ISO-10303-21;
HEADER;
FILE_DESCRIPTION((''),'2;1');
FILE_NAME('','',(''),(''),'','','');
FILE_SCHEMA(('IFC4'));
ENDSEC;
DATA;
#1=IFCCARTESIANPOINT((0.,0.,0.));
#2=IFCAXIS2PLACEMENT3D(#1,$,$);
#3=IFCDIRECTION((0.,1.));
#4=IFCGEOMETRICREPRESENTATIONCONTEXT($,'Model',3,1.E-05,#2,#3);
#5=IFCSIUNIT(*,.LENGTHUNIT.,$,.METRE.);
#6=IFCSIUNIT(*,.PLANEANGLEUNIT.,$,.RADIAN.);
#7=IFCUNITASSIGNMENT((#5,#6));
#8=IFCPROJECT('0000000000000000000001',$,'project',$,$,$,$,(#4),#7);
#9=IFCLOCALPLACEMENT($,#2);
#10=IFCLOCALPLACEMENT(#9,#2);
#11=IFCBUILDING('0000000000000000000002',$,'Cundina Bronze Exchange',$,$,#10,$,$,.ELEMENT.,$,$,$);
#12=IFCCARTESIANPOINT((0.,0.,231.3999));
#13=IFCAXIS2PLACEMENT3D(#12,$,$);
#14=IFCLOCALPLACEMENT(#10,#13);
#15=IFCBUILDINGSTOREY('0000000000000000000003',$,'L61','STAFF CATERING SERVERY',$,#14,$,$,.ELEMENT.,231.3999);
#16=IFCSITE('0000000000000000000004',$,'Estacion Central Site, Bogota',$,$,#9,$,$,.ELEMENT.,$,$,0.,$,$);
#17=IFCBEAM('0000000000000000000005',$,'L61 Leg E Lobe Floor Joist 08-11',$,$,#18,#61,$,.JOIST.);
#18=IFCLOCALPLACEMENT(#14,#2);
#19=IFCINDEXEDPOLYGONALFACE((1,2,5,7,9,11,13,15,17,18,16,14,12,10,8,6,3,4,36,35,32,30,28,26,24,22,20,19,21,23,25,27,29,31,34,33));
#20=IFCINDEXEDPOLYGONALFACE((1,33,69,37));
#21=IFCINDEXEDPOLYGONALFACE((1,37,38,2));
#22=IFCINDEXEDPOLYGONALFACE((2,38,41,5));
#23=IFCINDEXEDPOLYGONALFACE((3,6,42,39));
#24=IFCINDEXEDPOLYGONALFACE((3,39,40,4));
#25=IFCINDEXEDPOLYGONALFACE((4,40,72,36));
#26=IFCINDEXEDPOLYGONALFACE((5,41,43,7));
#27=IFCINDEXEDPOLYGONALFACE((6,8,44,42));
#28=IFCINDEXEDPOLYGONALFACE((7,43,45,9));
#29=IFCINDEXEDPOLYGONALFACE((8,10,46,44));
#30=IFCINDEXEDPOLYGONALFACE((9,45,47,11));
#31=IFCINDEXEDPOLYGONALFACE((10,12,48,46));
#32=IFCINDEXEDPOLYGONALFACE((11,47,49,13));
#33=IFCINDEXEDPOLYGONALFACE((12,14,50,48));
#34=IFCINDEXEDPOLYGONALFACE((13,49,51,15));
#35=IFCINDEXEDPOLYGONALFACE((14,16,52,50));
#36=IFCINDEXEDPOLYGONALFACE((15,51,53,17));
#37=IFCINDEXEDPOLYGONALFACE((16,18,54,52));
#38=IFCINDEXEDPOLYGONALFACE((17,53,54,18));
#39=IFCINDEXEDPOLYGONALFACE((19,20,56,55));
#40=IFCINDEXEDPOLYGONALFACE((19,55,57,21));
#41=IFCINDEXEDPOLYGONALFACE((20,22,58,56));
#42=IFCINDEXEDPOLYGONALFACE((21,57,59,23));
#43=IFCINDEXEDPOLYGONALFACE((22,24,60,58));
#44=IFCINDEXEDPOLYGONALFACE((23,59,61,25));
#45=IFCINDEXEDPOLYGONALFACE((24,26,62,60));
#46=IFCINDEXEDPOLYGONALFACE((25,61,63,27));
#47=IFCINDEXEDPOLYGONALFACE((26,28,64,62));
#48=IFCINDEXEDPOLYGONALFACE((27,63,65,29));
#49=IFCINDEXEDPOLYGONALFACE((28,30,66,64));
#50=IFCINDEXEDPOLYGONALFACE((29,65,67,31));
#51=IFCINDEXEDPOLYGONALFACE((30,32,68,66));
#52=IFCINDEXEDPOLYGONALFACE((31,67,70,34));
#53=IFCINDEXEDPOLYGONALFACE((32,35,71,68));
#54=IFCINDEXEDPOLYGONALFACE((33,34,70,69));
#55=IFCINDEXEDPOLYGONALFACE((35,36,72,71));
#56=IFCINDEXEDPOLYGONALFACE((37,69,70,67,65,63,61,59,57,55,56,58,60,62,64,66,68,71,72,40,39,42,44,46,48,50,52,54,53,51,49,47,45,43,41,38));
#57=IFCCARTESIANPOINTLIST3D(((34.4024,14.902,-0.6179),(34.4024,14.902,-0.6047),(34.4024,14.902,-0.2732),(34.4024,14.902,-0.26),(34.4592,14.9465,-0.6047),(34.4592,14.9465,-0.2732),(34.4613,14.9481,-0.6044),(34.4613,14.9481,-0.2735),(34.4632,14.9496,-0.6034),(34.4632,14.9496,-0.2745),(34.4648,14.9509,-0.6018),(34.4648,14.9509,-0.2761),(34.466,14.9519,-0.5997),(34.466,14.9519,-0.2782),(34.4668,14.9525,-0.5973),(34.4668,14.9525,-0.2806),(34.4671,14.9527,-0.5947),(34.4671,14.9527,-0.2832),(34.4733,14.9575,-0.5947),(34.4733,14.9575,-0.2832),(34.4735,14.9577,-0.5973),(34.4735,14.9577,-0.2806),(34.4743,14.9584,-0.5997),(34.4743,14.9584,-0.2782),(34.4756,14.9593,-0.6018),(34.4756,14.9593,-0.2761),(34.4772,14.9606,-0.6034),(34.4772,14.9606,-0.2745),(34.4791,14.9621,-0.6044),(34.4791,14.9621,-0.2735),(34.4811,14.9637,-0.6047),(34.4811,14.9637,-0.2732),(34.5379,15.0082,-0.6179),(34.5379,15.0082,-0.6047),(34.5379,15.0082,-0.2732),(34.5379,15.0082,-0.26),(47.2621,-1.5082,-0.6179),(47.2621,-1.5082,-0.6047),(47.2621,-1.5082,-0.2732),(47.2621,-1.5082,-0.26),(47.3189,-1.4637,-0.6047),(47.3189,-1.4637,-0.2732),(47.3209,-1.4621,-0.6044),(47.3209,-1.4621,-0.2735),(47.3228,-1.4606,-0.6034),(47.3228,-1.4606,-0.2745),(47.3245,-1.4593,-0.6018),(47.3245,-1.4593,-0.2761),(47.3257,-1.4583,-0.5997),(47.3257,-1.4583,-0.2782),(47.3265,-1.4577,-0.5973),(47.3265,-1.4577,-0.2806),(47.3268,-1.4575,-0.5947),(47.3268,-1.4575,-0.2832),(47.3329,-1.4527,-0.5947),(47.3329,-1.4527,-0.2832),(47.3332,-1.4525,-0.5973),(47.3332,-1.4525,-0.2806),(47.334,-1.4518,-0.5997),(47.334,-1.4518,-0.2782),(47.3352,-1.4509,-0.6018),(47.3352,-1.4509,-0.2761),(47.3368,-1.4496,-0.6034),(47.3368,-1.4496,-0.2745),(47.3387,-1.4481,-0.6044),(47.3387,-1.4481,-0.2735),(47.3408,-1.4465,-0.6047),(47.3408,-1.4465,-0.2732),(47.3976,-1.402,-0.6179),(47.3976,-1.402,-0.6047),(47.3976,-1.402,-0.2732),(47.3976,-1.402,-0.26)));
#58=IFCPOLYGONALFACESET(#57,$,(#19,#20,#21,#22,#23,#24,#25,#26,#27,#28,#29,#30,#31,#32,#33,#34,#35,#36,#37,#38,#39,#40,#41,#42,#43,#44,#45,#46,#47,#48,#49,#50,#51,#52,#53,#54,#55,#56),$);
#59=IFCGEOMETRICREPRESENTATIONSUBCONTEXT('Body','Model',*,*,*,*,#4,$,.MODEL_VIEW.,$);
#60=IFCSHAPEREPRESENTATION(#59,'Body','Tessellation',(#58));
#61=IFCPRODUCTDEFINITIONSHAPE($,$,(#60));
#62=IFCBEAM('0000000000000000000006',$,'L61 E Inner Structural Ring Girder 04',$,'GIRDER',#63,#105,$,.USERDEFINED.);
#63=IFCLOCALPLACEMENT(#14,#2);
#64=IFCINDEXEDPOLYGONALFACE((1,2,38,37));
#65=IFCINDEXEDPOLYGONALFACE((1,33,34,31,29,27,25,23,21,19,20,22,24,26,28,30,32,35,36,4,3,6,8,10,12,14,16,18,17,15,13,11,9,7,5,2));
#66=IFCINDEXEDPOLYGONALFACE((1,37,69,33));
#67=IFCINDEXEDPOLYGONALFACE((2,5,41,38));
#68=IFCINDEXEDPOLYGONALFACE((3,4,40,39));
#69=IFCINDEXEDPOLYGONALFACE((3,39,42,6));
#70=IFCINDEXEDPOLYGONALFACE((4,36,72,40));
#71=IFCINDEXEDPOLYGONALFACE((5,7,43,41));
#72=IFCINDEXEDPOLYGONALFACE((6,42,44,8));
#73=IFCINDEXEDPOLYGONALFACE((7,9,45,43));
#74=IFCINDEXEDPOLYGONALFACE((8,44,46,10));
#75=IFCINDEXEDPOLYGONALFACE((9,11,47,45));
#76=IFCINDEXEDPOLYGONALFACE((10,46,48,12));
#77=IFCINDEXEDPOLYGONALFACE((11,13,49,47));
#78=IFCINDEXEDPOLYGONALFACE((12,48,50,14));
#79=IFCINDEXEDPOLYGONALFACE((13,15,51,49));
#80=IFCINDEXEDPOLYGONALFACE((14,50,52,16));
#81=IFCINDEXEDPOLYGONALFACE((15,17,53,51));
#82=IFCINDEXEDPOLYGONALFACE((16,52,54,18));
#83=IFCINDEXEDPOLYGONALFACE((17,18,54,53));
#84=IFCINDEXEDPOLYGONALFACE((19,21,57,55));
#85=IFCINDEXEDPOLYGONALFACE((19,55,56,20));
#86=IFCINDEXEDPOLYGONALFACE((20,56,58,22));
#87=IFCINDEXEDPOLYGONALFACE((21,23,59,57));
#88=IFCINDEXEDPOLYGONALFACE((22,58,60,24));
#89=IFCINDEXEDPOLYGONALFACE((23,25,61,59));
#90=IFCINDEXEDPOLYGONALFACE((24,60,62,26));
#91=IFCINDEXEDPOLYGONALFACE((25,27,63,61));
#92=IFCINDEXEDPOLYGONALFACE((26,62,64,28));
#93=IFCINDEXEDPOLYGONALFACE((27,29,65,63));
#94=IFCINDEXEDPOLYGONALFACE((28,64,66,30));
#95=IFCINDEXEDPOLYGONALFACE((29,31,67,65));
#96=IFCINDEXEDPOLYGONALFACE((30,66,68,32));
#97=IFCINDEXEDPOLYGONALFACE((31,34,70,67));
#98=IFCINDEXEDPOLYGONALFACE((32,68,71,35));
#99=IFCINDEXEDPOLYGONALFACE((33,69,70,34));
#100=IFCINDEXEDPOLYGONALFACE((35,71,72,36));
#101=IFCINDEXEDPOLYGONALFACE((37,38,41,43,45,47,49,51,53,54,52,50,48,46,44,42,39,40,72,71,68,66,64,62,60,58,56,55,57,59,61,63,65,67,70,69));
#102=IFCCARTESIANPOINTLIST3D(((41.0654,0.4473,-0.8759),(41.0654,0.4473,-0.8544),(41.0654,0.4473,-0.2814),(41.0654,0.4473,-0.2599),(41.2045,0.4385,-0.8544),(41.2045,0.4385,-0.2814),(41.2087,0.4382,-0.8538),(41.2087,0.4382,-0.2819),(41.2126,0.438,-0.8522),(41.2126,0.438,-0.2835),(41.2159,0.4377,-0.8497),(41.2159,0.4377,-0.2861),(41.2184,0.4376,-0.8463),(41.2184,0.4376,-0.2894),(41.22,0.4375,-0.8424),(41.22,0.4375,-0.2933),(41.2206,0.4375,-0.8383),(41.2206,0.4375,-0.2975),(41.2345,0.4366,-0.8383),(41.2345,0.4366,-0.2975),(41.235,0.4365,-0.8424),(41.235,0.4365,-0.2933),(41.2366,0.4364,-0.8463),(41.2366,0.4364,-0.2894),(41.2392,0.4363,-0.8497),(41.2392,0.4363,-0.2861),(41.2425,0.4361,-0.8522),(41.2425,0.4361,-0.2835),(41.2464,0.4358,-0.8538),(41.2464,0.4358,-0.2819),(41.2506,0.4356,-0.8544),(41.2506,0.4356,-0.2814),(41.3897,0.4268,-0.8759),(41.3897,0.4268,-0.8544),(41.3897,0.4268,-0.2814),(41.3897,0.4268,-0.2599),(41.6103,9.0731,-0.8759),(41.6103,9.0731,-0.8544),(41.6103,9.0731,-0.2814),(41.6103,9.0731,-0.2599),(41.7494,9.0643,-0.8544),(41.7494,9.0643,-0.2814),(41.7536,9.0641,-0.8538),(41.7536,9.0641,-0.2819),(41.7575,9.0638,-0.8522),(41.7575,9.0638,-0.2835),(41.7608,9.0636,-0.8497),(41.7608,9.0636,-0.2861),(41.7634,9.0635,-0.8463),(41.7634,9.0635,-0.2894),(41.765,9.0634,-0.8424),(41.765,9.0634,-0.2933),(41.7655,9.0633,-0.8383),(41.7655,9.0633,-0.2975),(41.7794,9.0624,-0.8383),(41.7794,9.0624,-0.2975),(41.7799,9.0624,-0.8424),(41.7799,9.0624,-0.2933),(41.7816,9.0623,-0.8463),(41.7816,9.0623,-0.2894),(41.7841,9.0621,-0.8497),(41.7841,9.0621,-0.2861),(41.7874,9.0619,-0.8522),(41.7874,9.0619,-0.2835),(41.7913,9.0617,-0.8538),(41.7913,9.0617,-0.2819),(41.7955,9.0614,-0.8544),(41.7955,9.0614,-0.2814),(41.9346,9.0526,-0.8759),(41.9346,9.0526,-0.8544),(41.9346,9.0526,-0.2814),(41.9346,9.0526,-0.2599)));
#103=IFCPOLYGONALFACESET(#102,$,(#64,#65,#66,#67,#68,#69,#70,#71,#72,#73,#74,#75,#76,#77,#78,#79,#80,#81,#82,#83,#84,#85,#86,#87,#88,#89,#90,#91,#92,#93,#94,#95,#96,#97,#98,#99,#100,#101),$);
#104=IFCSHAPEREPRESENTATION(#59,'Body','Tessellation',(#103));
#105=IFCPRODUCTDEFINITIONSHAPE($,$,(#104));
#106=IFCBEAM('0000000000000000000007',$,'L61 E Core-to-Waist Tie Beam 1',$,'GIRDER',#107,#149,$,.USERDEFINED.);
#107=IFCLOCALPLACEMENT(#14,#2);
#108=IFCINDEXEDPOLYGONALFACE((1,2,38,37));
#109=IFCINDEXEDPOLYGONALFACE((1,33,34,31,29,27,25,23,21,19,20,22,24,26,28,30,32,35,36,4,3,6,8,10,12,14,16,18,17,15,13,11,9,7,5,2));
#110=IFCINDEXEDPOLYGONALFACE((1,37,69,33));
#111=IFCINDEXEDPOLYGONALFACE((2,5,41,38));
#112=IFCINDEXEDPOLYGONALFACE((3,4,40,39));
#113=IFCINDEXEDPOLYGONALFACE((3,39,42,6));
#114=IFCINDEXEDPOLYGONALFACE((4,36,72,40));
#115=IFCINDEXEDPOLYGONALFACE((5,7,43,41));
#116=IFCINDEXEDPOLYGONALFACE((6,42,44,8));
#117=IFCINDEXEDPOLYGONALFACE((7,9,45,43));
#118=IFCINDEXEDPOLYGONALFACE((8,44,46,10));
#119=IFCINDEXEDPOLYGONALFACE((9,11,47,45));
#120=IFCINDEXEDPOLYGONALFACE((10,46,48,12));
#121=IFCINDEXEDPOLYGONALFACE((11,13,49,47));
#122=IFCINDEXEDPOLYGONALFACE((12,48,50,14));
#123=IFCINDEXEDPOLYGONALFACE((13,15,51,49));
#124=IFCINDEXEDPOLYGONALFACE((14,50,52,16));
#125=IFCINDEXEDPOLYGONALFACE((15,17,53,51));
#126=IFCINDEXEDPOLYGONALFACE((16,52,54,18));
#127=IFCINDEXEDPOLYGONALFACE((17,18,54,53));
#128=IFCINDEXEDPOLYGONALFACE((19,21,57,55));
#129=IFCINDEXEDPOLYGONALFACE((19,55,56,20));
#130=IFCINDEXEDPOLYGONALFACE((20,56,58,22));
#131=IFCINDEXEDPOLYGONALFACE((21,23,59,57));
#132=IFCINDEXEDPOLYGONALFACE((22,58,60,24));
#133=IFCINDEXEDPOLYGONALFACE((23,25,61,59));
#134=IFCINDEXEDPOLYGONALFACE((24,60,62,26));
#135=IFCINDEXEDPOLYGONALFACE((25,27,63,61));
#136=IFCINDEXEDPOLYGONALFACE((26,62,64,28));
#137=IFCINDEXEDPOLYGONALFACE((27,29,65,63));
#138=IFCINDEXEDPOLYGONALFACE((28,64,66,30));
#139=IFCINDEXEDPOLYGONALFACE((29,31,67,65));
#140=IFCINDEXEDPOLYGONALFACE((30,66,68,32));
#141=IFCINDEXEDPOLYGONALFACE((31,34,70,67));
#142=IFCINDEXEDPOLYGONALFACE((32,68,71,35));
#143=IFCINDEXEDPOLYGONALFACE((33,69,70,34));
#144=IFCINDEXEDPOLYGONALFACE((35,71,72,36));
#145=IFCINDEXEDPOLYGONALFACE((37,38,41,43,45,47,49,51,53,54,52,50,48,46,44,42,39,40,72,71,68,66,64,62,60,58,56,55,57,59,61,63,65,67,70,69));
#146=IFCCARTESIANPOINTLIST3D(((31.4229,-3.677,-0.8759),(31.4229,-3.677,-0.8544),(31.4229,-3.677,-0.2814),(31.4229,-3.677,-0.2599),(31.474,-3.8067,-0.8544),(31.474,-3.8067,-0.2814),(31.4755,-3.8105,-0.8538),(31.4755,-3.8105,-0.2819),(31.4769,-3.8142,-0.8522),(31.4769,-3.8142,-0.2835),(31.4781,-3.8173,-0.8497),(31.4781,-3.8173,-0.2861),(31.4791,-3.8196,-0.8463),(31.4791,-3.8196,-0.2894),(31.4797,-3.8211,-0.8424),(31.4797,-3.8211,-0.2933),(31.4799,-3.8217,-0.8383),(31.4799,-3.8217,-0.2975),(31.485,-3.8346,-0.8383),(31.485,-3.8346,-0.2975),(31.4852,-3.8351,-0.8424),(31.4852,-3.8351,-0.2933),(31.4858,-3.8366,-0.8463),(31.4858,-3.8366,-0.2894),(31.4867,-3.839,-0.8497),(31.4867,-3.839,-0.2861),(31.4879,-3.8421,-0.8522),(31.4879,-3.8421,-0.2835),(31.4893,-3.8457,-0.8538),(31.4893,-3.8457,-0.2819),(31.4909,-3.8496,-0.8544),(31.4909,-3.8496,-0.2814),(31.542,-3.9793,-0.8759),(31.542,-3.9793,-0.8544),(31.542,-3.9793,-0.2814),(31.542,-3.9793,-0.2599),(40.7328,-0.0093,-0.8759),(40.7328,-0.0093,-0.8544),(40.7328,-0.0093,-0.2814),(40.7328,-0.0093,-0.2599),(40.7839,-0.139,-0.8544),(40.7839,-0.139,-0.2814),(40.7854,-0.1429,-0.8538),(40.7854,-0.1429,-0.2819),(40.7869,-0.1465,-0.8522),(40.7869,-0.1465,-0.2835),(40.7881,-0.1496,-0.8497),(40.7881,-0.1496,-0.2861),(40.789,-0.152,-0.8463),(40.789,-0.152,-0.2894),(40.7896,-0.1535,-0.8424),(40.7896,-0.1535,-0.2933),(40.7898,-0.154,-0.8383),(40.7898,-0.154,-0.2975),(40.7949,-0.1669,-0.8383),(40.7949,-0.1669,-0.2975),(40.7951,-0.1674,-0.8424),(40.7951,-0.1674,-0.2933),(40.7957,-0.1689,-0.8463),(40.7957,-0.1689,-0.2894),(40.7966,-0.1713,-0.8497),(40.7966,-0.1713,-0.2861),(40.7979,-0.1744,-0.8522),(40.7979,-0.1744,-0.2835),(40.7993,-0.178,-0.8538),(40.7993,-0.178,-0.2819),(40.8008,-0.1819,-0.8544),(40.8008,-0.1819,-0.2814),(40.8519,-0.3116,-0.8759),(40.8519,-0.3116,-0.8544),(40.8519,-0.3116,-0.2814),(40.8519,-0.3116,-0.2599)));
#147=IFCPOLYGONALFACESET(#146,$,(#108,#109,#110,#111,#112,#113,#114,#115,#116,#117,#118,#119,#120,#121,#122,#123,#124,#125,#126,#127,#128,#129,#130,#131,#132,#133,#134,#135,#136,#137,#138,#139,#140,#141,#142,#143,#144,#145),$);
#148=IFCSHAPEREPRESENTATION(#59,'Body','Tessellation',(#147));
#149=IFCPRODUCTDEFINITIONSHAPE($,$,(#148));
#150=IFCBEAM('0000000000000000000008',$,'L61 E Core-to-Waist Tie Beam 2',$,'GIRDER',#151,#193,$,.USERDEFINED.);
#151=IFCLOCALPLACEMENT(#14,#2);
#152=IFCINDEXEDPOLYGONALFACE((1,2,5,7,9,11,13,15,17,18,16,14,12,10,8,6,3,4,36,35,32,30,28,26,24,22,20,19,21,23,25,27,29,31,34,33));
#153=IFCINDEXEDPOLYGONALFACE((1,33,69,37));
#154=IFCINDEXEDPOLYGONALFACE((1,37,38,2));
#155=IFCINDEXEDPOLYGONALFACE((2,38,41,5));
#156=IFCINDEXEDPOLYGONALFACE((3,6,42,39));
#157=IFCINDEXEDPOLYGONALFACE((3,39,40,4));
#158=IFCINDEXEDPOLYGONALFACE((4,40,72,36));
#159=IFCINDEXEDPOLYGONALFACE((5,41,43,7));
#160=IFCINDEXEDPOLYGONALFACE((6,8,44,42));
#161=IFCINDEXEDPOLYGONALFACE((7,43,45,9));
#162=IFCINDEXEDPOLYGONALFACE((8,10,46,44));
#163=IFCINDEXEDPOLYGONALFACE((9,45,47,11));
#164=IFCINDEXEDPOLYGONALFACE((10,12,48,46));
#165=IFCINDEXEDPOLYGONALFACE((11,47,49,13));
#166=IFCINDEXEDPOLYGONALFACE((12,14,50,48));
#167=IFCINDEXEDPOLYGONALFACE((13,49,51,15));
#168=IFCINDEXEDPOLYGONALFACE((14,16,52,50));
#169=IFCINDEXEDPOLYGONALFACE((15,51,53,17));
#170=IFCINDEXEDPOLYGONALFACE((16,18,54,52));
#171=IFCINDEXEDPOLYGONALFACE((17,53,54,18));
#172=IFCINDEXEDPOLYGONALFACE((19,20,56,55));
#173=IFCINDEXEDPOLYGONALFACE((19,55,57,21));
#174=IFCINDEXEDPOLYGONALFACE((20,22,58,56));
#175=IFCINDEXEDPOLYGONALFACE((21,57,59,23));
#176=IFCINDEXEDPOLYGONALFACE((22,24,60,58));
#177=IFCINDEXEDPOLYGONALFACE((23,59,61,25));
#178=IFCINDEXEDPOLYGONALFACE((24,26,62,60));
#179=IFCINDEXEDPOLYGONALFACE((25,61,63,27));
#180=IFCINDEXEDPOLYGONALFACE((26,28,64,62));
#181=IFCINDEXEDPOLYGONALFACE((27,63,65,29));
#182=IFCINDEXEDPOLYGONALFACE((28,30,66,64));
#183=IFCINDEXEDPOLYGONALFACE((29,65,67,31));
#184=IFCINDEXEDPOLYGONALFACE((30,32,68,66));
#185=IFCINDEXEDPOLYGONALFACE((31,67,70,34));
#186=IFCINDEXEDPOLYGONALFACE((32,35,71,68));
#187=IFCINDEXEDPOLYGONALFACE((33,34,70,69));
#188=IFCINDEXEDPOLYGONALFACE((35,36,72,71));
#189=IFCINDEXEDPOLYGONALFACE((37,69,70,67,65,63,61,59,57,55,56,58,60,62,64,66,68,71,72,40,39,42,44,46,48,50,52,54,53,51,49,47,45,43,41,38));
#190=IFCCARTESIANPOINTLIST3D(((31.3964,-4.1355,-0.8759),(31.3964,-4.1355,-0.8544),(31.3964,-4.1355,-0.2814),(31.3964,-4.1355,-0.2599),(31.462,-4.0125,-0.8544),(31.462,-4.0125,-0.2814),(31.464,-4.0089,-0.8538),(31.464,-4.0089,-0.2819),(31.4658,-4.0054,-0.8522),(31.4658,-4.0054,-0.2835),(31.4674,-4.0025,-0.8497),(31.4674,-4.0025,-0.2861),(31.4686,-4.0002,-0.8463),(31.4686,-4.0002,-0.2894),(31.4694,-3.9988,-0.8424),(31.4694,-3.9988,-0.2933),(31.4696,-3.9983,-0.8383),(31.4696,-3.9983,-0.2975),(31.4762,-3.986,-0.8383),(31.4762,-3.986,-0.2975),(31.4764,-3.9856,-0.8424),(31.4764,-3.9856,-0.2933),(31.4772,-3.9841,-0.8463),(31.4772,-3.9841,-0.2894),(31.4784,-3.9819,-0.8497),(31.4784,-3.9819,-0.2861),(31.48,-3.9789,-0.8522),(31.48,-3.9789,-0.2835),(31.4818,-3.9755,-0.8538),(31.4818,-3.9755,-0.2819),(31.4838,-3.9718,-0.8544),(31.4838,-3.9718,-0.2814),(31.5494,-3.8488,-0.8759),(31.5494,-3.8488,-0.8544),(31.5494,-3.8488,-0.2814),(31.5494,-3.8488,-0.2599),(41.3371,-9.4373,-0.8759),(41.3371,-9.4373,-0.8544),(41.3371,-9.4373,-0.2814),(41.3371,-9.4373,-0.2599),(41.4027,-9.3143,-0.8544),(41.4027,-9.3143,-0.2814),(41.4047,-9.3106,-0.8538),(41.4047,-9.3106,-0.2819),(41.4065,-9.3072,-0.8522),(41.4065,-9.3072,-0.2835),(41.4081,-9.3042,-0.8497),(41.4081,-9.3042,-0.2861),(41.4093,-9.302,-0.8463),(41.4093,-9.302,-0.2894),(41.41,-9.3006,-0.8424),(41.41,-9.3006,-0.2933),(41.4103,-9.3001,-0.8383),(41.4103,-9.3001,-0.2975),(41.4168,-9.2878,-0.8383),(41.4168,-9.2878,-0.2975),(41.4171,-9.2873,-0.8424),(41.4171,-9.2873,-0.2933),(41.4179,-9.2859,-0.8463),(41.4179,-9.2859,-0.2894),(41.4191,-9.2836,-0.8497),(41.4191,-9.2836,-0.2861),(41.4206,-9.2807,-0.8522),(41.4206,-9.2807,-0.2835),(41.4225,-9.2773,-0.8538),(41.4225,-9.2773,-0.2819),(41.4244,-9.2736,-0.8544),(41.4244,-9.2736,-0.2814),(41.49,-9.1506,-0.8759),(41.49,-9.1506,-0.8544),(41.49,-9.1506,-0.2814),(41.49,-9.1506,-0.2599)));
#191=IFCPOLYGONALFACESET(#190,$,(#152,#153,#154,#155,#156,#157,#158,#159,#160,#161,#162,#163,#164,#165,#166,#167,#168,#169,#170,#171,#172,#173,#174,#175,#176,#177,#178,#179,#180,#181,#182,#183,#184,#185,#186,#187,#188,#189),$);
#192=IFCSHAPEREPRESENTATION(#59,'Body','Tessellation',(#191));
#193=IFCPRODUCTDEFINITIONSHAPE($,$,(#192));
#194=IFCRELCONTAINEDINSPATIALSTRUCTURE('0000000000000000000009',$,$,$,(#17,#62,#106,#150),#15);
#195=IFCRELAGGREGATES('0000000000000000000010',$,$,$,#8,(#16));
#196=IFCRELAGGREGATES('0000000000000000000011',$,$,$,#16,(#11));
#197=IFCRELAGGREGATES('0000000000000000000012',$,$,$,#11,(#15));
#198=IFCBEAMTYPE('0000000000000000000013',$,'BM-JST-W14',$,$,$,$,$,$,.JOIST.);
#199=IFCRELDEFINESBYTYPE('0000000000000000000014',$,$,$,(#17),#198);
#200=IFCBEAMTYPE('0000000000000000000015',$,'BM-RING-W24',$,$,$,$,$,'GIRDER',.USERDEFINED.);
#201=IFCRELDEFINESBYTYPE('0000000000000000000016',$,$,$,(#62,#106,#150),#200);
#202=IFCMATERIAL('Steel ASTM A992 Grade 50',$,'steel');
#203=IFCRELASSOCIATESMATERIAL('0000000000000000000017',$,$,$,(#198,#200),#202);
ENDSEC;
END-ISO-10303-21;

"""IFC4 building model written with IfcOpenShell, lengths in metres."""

from ifc_helpers import new_model, si_unit, direction, frame, origin, origin_2d, place, context, subcontext, project, spatial, i_section, extrude, material, material_profile, profile_set, type_object, element, save


model = new_model("IFC4")

# Units and contexts
model_context = context("Model", 3, precision=1e-05, world=origin(), true_north=direction((0.0, 1.0)))
body_context = subcontext(model_context, "Body", "Model", "MODEL_VIEW")
ifc_project = project(units=[si_unit("LENGTHUNIT", "METRE"), si_unit("PLANEANGLEUNIT", "RADIAN")], contexts=[model_context])

# Site, building, storey
site_placement = place(None, origin())
site = spatial("IfcSite", under=ifc_project, at=site_placement, Name="Estacion Central Site, Bogota", CompositionType="ELEMENT", RefElevation=0.0)
building_placement = place(site_placement, origin())
building = spatial("IfcBuilding", under=site, at=building_placement, Name="Cundina Bronze Exchange", CompositionType="ELEMENT")
storey_placement = place(building_placement, frame((0.0, 0.0, 231.3999)))
storey = spatial("IfcBuildingStorey", under=building, at=storey_placement, Name="L61", Description="STAFF CATERING SERVERY", CompositionType="ELEMENT", Elevation=231.3999)

# Shared definitions
ifc_material_1 = material(Name="Steel ASTM A992 Grade 50", Category="steel")

# Beams
ifc_material_profile_1 = material_profile(ifc_material_1, i_section(OverallWidth=0.1721, OverallDepth=0.3579, WebThickness=0.0078, FlangeThickness=0.0132, FilletRadius=0.01, at=origin_2d()), Name="W14X38", Category="steel")
ifc_profile_set_1 = profile_set([ifc_material_profile_1], Name="Steel ASTM A992 Grade 50")
beam_type_1 = type_object("IfcBeamType", Name="BM-JST-W14", PredefinedType="JOIST", material=ifc_profile_set_1)
beam_1_placement = place(storey_placement, frame((47.3298, -1.4551, -0.439), z_axis=(-0.61681, 0.787112, 0.0), x_axis=(-0.787112, -0.61681, 0.0)))
element("IfcBeam", 1, at=beam_1_placement, inside=storey, type_object=beam_type_1, Name="L61 Leg E Lobe Floor Joist 08-11", PredefinedType="JOIST", context=body_context, shape_type="SweptSolid", body=[
    extrude(i_section(OverallWidth=0.1721, OverallDepth=0.3579, WebThickness=0.0078, FlangeThickness=0.0132, FilletRadius=0.01, at=origin_2d()), origin(), (0.0, 0.0, 1.0), 20.8486),
])
ifc_material_profile_2 = material_profile(ifc_material_1, i_section(OverallWidth=0.325, OverallDepth=0.616, WebThickness=0.0139, FlangeThickness=0.0215, FilletRadius=0.0161, at=origin_2d()), Name="W24X117", Category="steel")
ifc_profile_set_2 = profile_set([ifc_material_profile_2], Name="Steel ASTM A992 Grade 50")
beam_type_2 = type_object("IfcBeamType", Name="BM-RING-W24", ElementType="GIRDER", PredefinedType="USERDEFINED", material=ifc_profile_set_2)
beam_2_placement = place(storey_placement, frame((41.2275, 0.437, -0.5679), z_axis=(0.063047, 0.998011, 0.0), x_axis=(-0.998011, 0.063047, 0.0)))
element("IfcBeam", 2, at=beam_2_placement, inside=storey, type_object=beam_type_2, Name="L61 E Inner Structural Ring Girder 04", ObjectType="GIRDER", PredefinedType="USERDEFINED", context=body_context, shape_type="SweptSolid", body=[
    extrude(i_section(OverallWidth=0.325, OverallDepth=0.616, WebThickness=0.0139, FlangeThickness=0.0215, FilletRadius=0.0161, at=origin_2d()), origin(), (0.0, 0.0, 1.0), 8.6431),
])
beam_3_placement = place(storey_placement, frame((31.4824, -3.8281, -0.5679), z_axis=(0.930404, 0.366535, 0.0), x_axis=(-0.366535, 0.930404, 0.0)))
element("IfcBeam", 3, at=beam_3_placement, inside=storey, type_object=beam_type_2, Name="L61 E Core-to-Waist Tie Beam 1", ObjectType="GIRDER", PredefinedType="USERDEFINED", context=body_context, shape_type="SweptSolid", body=[
    extrude(i_section(OverallWidth=0.325, OverallDepth=0.616, WebThickness=0.0139, FlangeThickness=0.0215, FilletRadius=0.0161, at=origin_2d()), origin(), (0.0, 0.0, 1.0), 10.0063),
])
beam_4_placement = place(storey_placement, frame((31.4729, -3.9922, -0.5679), z_axis=(0.882351, -0.470593, 0.0), x_axis=(0.470593, 0.882351, 0.0)))
element("IfcBeam", 4, at=beam_4_placement, inside=storey, type_object=beam_type_2, Name="L61 E Core-to-Waist Tie Beam 2", ObjectType="GIRDER", PredefinedType="USERDEFINED", context=body_context, shape_type="SweptSolid", body=[
    extrude(i_section(OverallWidth=0.325, OverallDepth=0.616, WebThickness=0.0139, FlangeThickness=0.0215, FilletRadius=0.0161, at=origin_2d()), origin(), (0.0, 0.0, 1.0), 11.2661),
])

save(model, "model.ifc")
